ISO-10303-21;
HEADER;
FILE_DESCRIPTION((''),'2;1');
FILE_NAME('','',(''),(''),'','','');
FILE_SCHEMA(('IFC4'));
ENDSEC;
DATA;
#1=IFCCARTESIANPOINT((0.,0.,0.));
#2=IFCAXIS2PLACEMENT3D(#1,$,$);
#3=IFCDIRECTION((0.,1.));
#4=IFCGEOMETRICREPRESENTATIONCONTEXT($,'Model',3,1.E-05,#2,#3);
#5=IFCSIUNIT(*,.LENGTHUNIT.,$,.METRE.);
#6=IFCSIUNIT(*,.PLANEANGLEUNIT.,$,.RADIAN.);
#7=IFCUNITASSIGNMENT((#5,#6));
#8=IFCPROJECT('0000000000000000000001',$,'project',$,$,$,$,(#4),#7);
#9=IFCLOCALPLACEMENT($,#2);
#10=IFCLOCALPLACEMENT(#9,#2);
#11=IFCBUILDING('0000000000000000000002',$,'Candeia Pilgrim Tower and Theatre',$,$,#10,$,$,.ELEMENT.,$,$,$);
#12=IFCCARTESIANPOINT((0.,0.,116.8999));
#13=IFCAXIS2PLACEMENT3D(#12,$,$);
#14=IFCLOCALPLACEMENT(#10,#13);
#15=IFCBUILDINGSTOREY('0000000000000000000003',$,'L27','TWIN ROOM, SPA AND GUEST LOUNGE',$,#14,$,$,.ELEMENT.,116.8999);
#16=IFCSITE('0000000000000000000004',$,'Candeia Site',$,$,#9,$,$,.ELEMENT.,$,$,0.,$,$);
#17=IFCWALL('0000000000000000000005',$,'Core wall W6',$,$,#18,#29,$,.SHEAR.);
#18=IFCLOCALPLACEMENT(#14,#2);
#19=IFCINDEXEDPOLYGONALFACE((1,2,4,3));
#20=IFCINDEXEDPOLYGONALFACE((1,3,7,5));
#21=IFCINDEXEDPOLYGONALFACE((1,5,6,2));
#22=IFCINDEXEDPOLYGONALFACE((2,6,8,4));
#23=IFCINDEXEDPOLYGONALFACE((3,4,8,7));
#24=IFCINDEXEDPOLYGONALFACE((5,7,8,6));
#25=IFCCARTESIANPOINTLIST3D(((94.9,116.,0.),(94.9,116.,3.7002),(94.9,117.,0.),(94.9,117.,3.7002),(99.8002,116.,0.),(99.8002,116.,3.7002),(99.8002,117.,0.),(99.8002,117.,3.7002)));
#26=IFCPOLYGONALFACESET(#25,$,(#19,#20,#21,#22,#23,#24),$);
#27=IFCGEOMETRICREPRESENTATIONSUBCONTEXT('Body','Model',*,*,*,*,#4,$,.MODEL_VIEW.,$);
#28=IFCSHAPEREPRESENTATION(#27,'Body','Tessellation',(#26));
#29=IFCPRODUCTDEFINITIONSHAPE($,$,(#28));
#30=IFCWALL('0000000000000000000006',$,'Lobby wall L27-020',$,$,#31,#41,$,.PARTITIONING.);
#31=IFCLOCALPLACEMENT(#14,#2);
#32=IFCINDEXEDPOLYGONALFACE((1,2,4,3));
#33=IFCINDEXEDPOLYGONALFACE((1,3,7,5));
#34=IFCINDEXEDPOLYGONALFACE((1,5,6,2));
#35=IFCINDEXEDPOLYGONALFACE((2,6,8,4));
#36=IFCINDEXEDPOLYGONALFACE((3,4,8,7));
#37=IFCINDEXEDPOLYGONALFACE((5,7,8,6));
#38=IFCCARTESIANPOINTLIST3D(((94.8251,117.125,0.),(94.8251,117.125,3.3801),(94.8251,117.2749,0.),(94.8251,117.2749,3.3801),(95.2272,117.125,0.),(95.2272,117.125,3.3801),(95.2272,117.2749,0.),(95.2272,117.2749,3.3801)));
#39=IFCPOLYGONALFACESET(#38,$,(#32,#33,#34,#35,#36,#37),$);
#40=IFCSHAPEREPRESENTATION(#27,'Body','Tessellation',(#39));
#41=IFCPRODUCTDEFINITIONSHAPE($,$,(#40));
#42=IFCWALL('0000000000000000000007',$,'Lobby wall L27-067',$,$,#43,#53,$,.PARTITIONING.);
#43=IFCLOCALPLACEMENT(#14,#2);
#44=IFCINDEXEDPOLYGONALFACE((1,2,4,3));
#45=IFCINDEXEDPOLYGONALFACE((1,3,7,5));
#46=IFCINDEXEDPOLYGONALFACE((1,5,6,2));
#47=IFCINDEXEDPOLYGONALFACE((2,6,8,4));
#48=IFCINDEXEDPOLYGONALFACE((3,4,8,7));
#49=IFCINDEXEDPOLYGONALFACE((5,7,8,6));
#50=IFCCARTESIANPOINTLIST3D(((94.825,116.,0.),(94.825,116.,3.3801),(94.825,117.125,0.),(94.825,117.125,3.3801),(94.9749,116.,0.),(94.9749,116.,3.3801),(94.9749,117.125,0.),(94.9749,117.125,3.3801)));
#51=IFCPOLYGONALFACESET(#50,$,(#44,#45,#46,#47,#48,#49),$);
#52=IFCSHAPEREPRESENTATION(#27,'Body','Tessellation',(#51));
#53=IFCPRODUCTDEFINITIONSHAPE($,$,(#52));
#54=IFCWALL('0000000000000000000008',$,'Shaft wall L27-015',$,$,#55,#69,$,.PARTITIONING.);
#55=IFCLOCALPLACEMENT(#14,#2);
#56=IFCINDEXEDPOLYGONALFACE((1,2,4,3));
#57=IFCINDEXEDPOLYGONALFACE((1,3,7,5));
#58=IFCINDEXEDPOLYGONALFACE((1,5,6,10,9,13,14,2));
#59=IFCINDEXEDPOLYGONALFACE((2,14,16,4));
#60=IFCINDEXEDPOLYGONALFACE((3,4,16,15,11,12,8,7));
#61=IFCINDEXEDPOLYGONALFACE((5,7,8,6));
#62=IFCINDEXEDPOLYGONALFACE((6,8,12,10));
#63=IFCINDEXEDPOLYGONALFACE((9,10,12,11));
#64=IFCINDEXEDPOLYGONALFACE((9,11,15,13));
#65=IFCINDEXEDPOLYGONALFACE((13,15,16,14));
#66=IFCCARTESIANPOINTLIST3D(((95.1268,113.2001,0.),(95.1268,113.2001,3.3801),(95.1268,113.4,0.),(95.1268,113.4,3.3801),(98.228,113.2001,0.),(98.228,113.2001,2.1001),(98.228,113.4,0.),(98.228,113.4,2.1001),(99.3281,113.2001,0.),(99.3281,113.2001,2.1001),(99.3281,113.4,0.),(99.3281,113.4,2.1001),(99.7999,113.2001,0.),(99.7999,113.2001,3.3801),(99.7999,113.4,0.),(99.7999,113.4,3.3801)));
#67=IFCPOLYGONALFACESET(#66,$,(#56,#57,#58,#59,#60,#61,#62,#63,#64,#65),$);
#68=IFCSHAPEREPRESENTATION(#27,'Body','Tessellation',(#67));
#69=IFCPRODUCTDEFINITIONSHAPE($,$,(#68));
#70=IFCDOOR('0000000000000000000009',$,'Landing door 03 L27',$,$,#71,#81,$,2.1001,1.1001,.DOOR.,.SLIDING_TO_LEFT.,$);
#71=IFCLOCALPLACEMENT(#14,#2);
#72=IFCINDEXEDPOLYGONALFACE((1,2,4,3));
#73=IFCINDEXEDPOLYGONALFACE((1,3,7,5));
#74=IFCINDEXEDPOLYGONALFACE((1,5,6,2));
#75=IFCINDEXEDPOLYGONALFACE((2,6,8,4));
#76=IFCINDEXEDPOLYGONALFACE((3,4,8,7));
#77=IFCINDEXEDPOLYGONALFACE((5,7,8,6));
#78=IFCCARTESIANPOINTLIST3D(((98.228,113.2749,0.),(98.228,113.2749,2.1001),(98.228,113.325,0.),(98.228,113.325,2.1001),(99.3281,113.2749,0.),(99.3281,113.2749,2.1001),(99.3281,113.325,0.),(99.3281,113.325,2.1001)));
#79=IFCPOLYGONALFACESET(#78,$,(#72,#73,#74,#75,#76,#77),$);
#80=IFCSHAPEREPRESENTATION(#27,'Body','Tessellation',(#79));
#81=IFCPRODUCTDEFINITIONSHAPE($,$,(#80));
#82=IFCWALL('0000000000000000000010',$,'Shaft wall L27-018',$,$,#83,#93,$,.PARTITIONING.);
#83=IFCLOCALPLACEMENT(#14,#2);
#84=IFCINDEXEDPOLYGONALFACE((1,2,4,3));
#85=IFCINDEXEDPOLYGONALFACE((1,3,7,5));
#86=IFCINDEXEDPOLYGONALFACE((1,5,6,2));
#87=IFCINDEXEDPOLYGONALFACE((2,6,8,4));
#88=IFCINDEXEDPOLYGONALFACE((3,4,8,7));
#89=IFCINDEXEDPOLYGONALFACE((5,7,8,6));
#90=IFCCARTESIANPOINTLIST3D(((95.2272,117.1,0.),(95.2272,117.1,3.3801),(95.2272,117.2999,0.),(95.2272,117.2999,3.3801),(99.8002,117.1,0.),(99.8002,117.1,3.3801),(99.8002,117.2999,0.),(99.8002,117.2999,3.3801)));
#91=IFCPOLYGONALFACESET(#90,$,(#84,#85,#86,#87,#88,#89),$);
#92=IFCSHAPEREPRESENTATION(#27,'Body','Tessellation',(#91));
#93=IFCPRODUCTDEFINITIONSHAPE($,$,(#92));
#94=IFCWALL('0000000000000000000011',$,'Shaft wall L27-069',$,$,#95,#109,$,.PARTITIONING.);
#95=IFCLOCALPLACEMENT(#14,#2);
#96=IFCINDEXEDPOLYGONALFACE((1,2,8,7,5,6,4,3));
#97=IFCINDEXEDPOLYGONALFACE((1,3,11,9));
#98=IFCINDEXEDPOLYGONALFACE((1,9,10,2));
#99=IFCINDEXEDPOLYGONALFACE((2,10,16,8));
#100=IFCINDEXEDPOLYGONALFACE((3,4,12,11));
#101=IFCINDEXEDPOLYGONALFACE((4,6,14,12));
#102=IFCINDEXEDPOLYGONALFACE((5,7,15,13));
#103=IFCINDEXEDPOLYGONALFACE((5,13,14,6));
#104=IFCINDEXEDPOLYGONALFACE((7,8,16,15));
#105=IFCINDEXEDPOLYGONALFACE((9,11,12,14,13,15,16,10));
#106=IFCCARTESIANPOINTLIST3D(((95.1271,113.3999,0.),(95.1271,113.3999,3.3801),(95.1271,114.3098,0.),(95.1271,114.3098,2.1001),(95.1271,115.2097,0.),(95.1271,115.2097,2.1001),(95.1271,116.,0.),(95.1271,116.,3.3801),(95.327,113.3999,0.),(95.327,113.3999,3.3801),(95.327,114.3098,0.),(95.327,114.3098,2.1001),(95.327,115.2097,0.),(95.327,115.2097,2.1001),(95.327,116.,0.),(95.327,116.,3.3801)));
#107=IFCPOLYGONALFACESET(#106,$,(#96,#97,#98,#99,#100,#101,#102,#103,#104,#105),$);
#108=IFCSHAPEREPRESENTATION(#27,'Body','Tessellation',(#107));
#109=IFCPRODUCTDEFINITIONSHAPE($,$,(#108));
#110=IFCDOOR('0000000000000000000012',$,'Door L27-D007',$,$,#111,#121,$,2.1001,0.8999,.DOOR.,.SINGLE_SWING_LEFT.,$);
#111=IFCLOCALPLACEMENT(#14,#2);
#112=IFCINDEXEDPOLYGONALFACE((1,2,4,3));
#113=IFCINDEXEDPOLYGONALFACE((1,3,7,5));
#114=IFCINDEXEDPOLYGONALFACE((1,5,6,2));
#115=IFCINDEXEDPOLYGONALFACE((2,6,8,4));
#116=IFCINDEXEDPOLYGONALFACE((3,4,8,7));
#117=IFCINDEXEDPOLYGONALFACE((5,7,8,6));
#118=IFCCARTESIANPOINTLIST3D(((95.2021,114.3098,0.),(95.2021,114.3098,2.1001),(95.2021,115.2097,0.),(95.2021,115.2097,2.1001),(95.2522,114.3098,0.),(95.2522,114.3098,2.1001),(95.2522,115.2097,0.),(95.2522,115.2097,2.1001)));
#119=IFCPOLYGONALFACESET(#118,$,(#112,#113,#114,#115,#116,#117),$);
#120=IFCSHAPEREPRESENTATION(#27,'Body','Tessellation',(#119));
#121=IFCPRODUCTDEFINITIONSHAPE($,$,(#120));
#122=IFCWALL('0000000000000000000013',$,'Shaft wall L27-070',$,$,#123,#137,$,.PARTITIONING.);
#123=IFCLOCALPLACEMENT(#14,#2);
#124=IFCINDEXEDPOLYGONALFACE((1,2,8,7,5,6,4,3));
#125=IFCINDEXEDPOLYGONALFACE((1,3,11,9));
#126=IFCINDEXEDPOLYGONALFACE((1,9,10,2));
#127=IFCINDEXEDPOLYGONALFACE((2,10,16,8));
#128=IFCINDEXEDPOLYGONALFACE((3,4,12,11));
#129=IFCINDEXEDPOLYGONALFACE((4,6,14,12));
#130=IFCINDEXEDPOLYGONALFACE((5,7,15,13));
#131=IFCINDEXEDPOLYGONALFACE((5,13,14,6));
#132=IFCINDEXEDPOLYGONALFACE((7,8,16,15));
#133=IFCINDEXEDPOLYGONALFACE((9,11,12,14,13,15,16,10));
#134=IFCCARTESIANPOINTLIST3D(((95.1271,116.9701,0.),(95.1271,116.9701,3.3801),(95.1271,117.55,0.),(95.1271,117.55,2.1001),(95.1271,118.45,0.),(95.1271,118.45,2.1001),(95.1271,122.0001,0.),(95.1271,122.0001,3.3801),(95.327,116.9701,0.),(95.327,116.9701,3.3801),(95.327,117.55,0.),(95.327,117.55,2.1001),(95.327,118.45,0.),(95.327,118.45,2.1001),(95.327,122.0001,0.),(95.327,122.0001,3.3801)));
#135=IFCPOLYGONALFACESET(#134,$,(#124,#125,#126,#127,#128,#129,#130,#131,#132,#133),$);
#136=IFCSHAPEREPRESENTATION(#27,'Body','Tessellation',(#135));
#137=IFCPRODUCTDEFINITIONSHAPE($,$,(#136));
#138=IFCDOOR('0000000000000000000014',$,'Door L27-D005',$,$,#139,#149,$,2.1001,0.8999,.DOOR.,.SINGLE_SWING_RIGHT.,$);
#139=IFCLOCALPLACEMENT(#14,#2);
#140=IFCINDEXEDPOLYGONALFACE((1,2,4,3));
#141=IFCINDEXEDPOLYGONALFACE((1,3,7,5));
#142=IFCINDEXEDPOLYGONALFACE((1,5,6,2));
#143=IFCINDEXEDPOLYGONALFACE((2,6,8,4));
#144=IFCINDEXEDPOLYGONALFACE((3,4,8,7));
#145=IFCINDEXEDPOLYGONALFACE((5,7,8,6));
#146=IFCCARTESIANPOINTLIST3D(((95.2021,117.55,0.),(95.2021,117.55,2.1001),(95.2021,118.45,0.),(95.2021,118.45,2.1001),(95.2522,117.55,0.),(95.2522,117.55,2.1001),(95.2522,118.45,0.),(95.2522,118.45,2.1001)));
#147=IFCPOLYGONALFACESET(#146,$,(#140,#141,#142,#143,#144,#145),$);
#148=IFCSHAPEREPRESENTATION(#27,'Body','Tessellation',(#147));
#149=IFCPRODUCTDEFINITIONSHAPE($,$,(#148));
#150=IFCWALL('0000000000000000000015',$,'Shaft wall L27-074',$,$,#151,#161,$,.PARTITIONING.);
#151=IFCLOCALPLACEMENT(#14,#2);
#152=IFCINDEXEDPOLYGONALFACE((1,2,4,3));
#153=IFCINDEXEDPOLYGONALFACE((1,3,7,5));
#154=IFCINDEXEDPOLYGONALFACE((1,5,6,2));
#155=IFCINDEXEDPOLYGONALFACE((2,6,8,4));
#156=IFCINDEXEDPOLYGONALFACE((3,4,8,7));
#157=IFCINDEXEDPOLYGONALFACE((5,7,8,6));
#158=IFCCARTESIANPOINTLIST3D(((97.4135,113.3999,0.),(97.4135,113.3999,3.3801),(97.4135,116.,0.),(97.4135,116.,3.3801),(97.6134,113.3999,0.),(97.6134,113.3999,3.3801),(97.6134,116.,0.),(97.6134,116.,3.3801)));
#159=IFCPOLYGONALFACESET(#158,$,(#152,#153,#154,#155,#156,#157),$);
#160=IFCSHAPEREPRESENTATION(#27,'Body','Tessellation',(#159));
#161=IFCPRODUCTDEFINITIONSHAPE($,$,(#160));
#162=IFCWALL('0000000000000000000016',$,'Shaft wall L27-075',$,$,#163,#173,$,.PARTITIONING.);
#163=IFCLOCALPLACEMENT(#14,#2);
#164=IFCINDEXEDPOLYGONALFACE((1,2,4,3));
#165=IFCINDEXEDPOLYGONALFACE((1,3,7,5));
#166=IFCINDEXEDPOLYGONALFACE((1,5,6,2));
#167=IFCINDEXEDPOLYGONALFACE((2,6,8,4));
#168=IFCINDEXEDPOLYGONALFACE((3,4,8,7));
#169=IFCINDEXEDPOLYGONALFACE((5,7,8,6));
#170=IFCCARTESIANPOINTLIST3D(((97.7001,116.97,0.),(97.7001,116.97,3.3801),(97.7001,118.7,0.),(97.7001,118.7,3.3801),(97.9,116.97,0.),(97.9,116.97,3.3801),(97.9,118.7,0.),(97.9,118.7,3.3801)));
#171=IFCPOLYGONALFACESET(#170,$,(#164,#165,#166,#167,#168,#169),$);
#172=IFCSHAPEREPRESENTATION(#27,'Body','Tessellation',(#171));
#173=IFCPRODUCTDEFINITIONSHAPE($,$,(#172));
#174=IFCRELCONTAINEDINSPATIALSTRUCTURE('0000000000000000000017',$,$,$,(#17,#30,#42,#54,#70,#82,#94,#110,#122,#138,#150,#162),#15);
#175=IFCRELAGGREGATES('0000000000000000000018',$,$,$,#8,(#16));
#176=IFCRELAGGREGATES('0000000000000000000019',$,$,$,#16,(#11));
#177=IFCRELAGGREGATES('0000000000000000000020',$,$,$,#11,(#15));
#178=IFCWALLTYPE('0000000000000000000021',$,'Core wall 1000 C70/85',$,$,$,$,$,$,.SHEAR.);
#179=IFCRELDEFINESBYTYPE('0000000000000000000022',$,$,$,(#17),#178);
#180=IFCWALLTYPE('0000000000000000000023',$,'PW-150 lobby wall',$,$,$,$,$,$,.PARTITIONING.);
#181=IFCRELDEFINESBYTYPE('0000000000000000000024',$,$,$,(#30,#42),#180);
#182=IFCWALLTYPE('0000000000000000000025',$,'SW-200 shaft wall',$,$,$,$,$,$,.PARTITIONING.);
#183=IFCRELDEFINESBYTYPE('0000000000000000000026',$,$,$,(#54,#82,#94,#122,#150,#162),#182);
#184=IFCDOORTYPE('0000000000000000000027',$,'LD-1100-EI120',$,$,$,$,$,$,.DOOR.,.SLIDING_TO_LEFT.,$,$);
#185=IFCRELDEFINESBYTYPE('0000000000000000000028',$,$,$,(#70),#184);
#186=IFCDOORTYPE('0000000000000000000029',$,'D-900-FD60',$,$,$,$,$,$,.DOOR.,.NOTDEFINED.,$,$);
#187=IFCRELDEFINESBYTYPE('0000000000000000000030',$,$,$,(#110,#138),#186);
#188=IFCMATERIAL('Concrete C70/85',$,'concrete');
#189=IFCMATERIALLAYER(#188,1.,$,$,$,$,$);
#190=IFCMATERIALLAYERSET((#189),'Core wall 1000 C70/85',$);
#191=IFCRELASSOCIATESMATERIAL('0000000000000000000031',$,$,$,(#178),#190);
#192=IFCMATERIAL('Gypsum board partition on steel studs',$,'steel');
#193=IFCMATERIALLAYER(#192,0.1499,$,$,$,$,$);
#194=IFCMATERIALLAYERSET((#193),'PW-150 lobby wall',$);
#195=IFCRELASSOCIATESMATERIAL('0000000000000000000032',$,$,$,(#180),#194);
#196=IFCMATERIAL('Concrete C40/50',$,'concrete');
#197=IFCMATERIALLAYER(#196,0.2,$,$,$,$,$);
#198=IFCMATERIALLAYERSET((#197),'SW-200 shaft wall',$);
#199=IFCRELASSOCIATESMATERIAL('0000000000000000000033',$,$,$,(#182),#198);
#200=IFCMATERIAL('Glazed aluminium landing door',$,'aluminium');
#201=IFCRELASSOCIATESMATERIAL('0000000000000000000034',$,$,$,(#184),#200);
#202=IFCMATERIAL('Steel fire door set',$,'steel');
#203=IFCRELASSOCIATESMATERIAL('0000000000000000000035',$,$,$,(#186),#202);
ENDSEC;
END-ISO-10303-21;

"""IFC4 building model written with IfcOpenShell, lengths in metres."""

from ifc_helpers import new_model, si_unit, direction, frame, frame_2d, origin, place, context, subcontext, project, spatial, rectangle, extrude, material, layer, layer_set, type_object, element, fill, save


model = new_model("IFC4")

# Units and contexts
model_context = context("Model", 3, precision=1e-05, world=origin(), true_north=direction((0.0, 1.0)))
body_context = subcontext(model_context, "Body", "Model", "MODEL_VIEW")
ifc_project = project(units=[si_unit("LENGTHUNIT", "METRE"), si_unit("PLANEANGLEUNIT", "RADIAN")], contexts=[model_context])

# Site, building, storey
site_placement = place(None, origin())
site = spatial("IfcSite", under=ifc_project, at=site_placement, Name="Candeia Site", CompositionType="ELEMENT", RefElevation=0.0)
building_placement = place(site_placement, origin())
building = spatial("IfcBuilding", under=site, at=building_placement, Name="Candeia Pilgrim Tower and Theatre", CompositionType="ELEMENT")
storey_placement = place(building_placement, frame((0.0, 0.0, 116.8999)))
storey = spatial("IfcBuildingStorey", under=building, at=storey_placement, Name="L27", Description="TWIN ROOM, SPA AND GUEST LOUNGE", CompositionType="ELEMENT", Elevation=116.8999)

# Walls
ifc_material_1 = material(Name="Concrete C70/85", Category="concrete")
ifc_layer_1 = layer(ifc_material_1, 1.0)
ifc_layer_set_1 = layer_set([ifc_layer_1], Name="Core wall 1000 C70/85")
wall_type_1 = type_object("IfcWallType", Name="Core wall 1000 C70/85", PredefinedType="SHEAR", material=ifc_layer_set_1)
wall_1_placement = place(storey_placement, frame((94.8999, 116.5, 0.0), z_axis=(0.0, 0.0, 1.0), x_axis=(1.0, 0.0, 0.0)))
element("IfcWall", 1, at=wall_1_placement, inside=storey, type_object=wall_type_1, Name="Core wall W6", PredefinedType="SHEAR", context=body_context, shape_type="SweptSolid", body=[
    extrude(rectangle(XDim=4.9001, YDim=1.0, at=frame_2d((2.4502, 0.0))), origin(), (0.0, 0.0, 1.0), 3.7002),
])
ifc_material_2 = material(Name="Gypsum board partition on steel studs", Category="steel")
ifc_layer_2 = layer(ifc_material_2, 0.1499)
ifc_layer_set_2 = layer_set([ifc_layer_2], Name="PW-150 lobby wall")
wall_type_2 = type_object("IfcWallType", Name="PW-150 lobby wall", PredefinedType="PARTITIONING", material=ifc_layer_set_2)
wall_2_placement = place(storey_placement, frame((94.825, 117.2, 0.0), z_axis=(0.0, 0.0, 1.0), x_axis=(1.0, 0.0, 0.0)))
element("IfcWall", 2, at=wall_2_placement, inside=storey, type_object=wall_type_2, Name="Lobby wall L27-020", PredefinedType="PARTITIONING", context=body_context, shape_type="SweptSolid", body=[
    extrude(rectangle(XDim=0.4021, YDim=0.1499, at=frame_2d((0.2012, 0.0))), origin(), (0.0, 0.0, 1.0), 3.3801),
])
wall_3_placement = place(storey_placement, frame((94.8999, 116.0, 0.0), z_axis=(0.0, 0.0, 1.0), x_axis=(0.0, 1.0, 0.0)))
element("IfcWall", 3, at=wall_3_placement, inside=storey, type_object=wall_type_2, Name="Lobby wall L27-067", PredefinedType="PARTITIONING", context=body_context, shape_type="SweptSolid", body=[
    extrude(rectangle(XDim=1.125, YDim=0.1499, at=frame_2d((0.5625, 0.0))), origin(), (0.0, 0.0, 1.0), 3.3801),
])

# Wall, opening, door
ifc_material_3 = material(Name="Concrete C40/50", Category="concrete")
ifc_layer_3 = layer(ifc_material_3, 0.2)
ifc_layer_set_3 = layer_set([ifc_layer_3], Name="SW-200 shaft wall")
wall_type_3 = type_object("IfcWallType", Name="SW-200 shaft wall", PredefinedType="PARTITIONING", material=ifc_layer_set_3)
wall_4_placement = place(storey_placement, frame((95.127, 113.3, 0.0), z_axis=(0.0, 0.0, 1.0), x_axis=(1.0, 0.0, 0.0)))
wall_4 = element("IfcWall", 4, at=wall_4_placement, inside=storey, type_object=wall_type_3, Name="Shaft wall L27-015", PredefinedType="PARTITIONING", context=body_context, shape_type="SweptSolid", body=[
    extrude(rectangle(XDim=4.6731, YDim=0.2, at=frame_2d((2.3364, 0.0))), origin(), (0.0, 0.0, 1.0), 3.3801),
])
opening_1_placement = place(wall_4_placement, frame((3.1011, 0.0, 0.0)))
opening_1 = element("IfcOpeningElement", 5, at=opening_1_placement, cuts=wall_4, PredefinedType="OPENING", context=body_context, shape_type="SweptSolid", body=[
    extrude(rectangle(XDim=1.1001, YDim=2.1001, at=frame_2d((0.55, 1.05))), frame((0.0, 0.1099, 0.0), z_axis=(0.0, -1.0, 0.0), x_axis=(1.0, 0.0, 0.0)), (0.0, 0.0, 1.0), 0.22),
])
ifc_material_4 = material(Name="Glazed aluminium landing door", Category="aluminium")
door_type_1 = type_object("IfcDoorType", Name="LD-1100-EI120", OperationType="SLIDING_TO_LEFT", PredefinedType="DOOR", material=ifc_material_4)
door_1_placement = place(opening_1_placement, origin())
door_1 = element("IfcDoor", 6, at=door_1_placement, inside=storey, type_object=door_type_1, Name="Landing door 03 L27", OperationType="SLIDING_TO_LEFT", OverallHeight=2.1001, OverallWidth=1.1001, PredefinedType="DOOR", context=body_context, shape_type="SweptSolid", body=[
    extrude(rectangle(XDim=1.1001, YDim=2.1001, at=frame_2d((0.55, 1.05))), frame((0.0, 0.0249, 0.0), z_axis=(0.0, -1.0, 0.0), x_axis=(1.0, 0.0, 0.0)), (0.0, 0.0, 1.0), 0.05),
])
fill(opening_1, door_1)

# Wall
wall_5_placement = place(storey_placement, frame((95.2271, 117.2, 0.0), z_axis=(0.0, 0.0, 1.0), x_axis=(1.0, 0.0, 0.0)))
element("IfcWall", 7, at=wall_5_placement, inside=storey, type_object=wall_type_3, Name="Shaft wall L27-018", PredefinedType="PARTITIONING", context=body_context, shape_type="SweptSolid", body=[
    extrude(rectangle(XDim=4.573, YDim=0.2, at=frame_2d((2.2866, 0.0))), origin(), (0.0, 0.0, 1.0), 3.3801),
])

# Walls, openings, doors
wall_6_placement = place(storey_placement, frame((95.2271, 113.3999, 0.0), z_axis=(0.0, 0.0, 1.0), x_axis=(0.0, 1.0, 0.0)))
wall_6 = element("IfcWall", 8, at=wall_6_placement, inside=storey, type_object=wall_type_3, Name="Shaft wall L27-069", PredefinedType="PARTITIONING", context=body_context, shape_type="SweptSolid", body=[
    extrude(rectangle(XDim=2.6001, YDim=0.2, at=frame_2d((1.3, 0.0))), origin(), (0.0, 0.0, 1.0), 3.3801),
])
opening_2_placement = place(wall_6_placement, frame((0.9099, 0.0, 0.0)))
opening_2 = element("IfcOpeningElement", 9, at=opening_2_placement, cuts=wall_6, PredefinedType="OPENING", context=body_context, shape_type="SweptSolid", body=[
    extrude(rectangle(XDim=0.8999, YDim=2.1001, at=frame_2d((0.45, 1.05))), frame((0.0, 0.1099, 0.0), z_axis=(0.0, -1.0, 0.0), x_axis=(1.0, 0.0, 0.0)), (0.0, 0.0, 1.0), 0.22),
])
ifc_material_5 = material(Name="Steel fire door set", Category="steel")
door_type_2 = type_object("IfcDoorType", Name="D-900-FD60", OperationType="NOTDEFINED", PredefinedType="DOOR", material=ifc_material_5)
door_2_placement = place(opening_2_placement, origin())
door_2 = element("IfcDoor", 10, at=door_2_placement, inside=storey, type_object=door_type_2, Name="Door L27-D007", OperationType="SINGLE_SWING_LEFT", OverallHeight=2.1001, OverallWidth=0.8999, PredefinedType="DOOR", context=body_context, shape_type="SweptSolid", body=[
    extrude(rectangle(XDim=0.8999, YDim=2.1001, at=frame_2d((0.45, 1.05))), frame((0.0, 0.0249, 0.0), z_axis=(0.0, -1.0, 0.0), x_axis=(1.0, 0.0, 0.0)), (0.0, 0.0, 1.0), 0.05),
])
fill(opening_2, door_2)
wall_7_placement = place(storey_placement, frame((95.2271, 116.97, 0.0), z_axis=(0.0, 0.0, 1.0), x_axis=(0.0, 1.0, 0.0)))
wall_7 = element("IfcWall", 11, at=wall_7_placement, inside=storey, type_object=wall_type_3, Name="Shaft wall L27-070", PredefinedType="PARTITIONING", context=body_context, shape_type="SweptSolid", body=[
    extrude(rectangle(XDim=5.03, YDim=0.2, at=frame_2d((2.5151, 0.0))), origin(), (0.0, 0.0, 1.0), 3.3801),
])
opening_3_placement = place(wall_7_placement, frame((0.5801, 0.0, 0.0)))
opening_3 = element("IfcOpeningElement", 12, at=opening_3_placement, cuts=wall_7, PredefinedType="OPENING", context=body_context, shape_type="SweptSolid", body=[
    extrude(rectangle(XDim=0.8999, YDim=2.1001, at=frame_2d((0.45, 1.05))), frame((0.0, 0.1099, 0.0), z_axis=(0.0, -1.0, 0.0), x_axis=(1.0, 0.0, 0.0)), (0.0, 0.0, 1.0), 0.22),
])
door_3_placement = place(opening_3_placement, origin())
door_3 = element("IfcDoor", 13, at=door_3_placement, inside=storey, type_object=door_type_2, Name="Door L27-D005", OperationType="SINGLE_SWING_RIGHT", OverallHeight=2.1001, OverallWidth=0.8999, PredefinedType="DOOR", context=body_context, shape_type="SweptSolid", body=[
    extrude(rectangle(XDim=0.8999, YDim=2.1001, at=frame_2d((0.45, 1.05))), frame((0.0, 0.0249, 0.0), z_axis=(0.0, -1.0, 0.0), x_axis=(1.0, 0.0, 0.0)), (0.0, 0.0, 1.0), 0.05),
])
fill(opening_3, door_3)

# Walls
wall_8_placement = place(storey_placement, frame((97.5134, 113.3999, 0.0), z_axis=(0.0, 0.0, 1.0), x_axis=(0.0, 1.0, 0.0)))
element("IfcWall", 14, at=wall_8_placement, inside=storey, type_object=wall_type_3, Name="Shaft wall L27-074", PredefinedType="PARTITIONING", context=body_context, shape_type="SweptSolid", body=[
    extrude(rectangle(XDim=2.6001, YDim=0.2, at=frame_2d((1.3, 0.0))), origin(), (0.0, 0.0, 1.0), 3.3801),
])
wall_9_placement = place(storey_placement, frame((97.8, 116.97, 0.0), z_axis=(0.0, 0.0, 1.0), x_axis=(0.0, 1.0, 0.0)))
element("IfcWall", 15, at=wall_9_placement, inside=storey, type_object=wall_type_3, Name="Shaft wall L27-075", PredefinedType="PARTITIONING", context=body_context, shape_type="SweptSolid", body=[
    extrude(rectangle(XDim=1.73, YDim=0.2, at=frame_2d((0.865, 0.0))), origin(), (0.0, 0.0, 1.0), 3.3801),
])

save(model, "model.ifc")
